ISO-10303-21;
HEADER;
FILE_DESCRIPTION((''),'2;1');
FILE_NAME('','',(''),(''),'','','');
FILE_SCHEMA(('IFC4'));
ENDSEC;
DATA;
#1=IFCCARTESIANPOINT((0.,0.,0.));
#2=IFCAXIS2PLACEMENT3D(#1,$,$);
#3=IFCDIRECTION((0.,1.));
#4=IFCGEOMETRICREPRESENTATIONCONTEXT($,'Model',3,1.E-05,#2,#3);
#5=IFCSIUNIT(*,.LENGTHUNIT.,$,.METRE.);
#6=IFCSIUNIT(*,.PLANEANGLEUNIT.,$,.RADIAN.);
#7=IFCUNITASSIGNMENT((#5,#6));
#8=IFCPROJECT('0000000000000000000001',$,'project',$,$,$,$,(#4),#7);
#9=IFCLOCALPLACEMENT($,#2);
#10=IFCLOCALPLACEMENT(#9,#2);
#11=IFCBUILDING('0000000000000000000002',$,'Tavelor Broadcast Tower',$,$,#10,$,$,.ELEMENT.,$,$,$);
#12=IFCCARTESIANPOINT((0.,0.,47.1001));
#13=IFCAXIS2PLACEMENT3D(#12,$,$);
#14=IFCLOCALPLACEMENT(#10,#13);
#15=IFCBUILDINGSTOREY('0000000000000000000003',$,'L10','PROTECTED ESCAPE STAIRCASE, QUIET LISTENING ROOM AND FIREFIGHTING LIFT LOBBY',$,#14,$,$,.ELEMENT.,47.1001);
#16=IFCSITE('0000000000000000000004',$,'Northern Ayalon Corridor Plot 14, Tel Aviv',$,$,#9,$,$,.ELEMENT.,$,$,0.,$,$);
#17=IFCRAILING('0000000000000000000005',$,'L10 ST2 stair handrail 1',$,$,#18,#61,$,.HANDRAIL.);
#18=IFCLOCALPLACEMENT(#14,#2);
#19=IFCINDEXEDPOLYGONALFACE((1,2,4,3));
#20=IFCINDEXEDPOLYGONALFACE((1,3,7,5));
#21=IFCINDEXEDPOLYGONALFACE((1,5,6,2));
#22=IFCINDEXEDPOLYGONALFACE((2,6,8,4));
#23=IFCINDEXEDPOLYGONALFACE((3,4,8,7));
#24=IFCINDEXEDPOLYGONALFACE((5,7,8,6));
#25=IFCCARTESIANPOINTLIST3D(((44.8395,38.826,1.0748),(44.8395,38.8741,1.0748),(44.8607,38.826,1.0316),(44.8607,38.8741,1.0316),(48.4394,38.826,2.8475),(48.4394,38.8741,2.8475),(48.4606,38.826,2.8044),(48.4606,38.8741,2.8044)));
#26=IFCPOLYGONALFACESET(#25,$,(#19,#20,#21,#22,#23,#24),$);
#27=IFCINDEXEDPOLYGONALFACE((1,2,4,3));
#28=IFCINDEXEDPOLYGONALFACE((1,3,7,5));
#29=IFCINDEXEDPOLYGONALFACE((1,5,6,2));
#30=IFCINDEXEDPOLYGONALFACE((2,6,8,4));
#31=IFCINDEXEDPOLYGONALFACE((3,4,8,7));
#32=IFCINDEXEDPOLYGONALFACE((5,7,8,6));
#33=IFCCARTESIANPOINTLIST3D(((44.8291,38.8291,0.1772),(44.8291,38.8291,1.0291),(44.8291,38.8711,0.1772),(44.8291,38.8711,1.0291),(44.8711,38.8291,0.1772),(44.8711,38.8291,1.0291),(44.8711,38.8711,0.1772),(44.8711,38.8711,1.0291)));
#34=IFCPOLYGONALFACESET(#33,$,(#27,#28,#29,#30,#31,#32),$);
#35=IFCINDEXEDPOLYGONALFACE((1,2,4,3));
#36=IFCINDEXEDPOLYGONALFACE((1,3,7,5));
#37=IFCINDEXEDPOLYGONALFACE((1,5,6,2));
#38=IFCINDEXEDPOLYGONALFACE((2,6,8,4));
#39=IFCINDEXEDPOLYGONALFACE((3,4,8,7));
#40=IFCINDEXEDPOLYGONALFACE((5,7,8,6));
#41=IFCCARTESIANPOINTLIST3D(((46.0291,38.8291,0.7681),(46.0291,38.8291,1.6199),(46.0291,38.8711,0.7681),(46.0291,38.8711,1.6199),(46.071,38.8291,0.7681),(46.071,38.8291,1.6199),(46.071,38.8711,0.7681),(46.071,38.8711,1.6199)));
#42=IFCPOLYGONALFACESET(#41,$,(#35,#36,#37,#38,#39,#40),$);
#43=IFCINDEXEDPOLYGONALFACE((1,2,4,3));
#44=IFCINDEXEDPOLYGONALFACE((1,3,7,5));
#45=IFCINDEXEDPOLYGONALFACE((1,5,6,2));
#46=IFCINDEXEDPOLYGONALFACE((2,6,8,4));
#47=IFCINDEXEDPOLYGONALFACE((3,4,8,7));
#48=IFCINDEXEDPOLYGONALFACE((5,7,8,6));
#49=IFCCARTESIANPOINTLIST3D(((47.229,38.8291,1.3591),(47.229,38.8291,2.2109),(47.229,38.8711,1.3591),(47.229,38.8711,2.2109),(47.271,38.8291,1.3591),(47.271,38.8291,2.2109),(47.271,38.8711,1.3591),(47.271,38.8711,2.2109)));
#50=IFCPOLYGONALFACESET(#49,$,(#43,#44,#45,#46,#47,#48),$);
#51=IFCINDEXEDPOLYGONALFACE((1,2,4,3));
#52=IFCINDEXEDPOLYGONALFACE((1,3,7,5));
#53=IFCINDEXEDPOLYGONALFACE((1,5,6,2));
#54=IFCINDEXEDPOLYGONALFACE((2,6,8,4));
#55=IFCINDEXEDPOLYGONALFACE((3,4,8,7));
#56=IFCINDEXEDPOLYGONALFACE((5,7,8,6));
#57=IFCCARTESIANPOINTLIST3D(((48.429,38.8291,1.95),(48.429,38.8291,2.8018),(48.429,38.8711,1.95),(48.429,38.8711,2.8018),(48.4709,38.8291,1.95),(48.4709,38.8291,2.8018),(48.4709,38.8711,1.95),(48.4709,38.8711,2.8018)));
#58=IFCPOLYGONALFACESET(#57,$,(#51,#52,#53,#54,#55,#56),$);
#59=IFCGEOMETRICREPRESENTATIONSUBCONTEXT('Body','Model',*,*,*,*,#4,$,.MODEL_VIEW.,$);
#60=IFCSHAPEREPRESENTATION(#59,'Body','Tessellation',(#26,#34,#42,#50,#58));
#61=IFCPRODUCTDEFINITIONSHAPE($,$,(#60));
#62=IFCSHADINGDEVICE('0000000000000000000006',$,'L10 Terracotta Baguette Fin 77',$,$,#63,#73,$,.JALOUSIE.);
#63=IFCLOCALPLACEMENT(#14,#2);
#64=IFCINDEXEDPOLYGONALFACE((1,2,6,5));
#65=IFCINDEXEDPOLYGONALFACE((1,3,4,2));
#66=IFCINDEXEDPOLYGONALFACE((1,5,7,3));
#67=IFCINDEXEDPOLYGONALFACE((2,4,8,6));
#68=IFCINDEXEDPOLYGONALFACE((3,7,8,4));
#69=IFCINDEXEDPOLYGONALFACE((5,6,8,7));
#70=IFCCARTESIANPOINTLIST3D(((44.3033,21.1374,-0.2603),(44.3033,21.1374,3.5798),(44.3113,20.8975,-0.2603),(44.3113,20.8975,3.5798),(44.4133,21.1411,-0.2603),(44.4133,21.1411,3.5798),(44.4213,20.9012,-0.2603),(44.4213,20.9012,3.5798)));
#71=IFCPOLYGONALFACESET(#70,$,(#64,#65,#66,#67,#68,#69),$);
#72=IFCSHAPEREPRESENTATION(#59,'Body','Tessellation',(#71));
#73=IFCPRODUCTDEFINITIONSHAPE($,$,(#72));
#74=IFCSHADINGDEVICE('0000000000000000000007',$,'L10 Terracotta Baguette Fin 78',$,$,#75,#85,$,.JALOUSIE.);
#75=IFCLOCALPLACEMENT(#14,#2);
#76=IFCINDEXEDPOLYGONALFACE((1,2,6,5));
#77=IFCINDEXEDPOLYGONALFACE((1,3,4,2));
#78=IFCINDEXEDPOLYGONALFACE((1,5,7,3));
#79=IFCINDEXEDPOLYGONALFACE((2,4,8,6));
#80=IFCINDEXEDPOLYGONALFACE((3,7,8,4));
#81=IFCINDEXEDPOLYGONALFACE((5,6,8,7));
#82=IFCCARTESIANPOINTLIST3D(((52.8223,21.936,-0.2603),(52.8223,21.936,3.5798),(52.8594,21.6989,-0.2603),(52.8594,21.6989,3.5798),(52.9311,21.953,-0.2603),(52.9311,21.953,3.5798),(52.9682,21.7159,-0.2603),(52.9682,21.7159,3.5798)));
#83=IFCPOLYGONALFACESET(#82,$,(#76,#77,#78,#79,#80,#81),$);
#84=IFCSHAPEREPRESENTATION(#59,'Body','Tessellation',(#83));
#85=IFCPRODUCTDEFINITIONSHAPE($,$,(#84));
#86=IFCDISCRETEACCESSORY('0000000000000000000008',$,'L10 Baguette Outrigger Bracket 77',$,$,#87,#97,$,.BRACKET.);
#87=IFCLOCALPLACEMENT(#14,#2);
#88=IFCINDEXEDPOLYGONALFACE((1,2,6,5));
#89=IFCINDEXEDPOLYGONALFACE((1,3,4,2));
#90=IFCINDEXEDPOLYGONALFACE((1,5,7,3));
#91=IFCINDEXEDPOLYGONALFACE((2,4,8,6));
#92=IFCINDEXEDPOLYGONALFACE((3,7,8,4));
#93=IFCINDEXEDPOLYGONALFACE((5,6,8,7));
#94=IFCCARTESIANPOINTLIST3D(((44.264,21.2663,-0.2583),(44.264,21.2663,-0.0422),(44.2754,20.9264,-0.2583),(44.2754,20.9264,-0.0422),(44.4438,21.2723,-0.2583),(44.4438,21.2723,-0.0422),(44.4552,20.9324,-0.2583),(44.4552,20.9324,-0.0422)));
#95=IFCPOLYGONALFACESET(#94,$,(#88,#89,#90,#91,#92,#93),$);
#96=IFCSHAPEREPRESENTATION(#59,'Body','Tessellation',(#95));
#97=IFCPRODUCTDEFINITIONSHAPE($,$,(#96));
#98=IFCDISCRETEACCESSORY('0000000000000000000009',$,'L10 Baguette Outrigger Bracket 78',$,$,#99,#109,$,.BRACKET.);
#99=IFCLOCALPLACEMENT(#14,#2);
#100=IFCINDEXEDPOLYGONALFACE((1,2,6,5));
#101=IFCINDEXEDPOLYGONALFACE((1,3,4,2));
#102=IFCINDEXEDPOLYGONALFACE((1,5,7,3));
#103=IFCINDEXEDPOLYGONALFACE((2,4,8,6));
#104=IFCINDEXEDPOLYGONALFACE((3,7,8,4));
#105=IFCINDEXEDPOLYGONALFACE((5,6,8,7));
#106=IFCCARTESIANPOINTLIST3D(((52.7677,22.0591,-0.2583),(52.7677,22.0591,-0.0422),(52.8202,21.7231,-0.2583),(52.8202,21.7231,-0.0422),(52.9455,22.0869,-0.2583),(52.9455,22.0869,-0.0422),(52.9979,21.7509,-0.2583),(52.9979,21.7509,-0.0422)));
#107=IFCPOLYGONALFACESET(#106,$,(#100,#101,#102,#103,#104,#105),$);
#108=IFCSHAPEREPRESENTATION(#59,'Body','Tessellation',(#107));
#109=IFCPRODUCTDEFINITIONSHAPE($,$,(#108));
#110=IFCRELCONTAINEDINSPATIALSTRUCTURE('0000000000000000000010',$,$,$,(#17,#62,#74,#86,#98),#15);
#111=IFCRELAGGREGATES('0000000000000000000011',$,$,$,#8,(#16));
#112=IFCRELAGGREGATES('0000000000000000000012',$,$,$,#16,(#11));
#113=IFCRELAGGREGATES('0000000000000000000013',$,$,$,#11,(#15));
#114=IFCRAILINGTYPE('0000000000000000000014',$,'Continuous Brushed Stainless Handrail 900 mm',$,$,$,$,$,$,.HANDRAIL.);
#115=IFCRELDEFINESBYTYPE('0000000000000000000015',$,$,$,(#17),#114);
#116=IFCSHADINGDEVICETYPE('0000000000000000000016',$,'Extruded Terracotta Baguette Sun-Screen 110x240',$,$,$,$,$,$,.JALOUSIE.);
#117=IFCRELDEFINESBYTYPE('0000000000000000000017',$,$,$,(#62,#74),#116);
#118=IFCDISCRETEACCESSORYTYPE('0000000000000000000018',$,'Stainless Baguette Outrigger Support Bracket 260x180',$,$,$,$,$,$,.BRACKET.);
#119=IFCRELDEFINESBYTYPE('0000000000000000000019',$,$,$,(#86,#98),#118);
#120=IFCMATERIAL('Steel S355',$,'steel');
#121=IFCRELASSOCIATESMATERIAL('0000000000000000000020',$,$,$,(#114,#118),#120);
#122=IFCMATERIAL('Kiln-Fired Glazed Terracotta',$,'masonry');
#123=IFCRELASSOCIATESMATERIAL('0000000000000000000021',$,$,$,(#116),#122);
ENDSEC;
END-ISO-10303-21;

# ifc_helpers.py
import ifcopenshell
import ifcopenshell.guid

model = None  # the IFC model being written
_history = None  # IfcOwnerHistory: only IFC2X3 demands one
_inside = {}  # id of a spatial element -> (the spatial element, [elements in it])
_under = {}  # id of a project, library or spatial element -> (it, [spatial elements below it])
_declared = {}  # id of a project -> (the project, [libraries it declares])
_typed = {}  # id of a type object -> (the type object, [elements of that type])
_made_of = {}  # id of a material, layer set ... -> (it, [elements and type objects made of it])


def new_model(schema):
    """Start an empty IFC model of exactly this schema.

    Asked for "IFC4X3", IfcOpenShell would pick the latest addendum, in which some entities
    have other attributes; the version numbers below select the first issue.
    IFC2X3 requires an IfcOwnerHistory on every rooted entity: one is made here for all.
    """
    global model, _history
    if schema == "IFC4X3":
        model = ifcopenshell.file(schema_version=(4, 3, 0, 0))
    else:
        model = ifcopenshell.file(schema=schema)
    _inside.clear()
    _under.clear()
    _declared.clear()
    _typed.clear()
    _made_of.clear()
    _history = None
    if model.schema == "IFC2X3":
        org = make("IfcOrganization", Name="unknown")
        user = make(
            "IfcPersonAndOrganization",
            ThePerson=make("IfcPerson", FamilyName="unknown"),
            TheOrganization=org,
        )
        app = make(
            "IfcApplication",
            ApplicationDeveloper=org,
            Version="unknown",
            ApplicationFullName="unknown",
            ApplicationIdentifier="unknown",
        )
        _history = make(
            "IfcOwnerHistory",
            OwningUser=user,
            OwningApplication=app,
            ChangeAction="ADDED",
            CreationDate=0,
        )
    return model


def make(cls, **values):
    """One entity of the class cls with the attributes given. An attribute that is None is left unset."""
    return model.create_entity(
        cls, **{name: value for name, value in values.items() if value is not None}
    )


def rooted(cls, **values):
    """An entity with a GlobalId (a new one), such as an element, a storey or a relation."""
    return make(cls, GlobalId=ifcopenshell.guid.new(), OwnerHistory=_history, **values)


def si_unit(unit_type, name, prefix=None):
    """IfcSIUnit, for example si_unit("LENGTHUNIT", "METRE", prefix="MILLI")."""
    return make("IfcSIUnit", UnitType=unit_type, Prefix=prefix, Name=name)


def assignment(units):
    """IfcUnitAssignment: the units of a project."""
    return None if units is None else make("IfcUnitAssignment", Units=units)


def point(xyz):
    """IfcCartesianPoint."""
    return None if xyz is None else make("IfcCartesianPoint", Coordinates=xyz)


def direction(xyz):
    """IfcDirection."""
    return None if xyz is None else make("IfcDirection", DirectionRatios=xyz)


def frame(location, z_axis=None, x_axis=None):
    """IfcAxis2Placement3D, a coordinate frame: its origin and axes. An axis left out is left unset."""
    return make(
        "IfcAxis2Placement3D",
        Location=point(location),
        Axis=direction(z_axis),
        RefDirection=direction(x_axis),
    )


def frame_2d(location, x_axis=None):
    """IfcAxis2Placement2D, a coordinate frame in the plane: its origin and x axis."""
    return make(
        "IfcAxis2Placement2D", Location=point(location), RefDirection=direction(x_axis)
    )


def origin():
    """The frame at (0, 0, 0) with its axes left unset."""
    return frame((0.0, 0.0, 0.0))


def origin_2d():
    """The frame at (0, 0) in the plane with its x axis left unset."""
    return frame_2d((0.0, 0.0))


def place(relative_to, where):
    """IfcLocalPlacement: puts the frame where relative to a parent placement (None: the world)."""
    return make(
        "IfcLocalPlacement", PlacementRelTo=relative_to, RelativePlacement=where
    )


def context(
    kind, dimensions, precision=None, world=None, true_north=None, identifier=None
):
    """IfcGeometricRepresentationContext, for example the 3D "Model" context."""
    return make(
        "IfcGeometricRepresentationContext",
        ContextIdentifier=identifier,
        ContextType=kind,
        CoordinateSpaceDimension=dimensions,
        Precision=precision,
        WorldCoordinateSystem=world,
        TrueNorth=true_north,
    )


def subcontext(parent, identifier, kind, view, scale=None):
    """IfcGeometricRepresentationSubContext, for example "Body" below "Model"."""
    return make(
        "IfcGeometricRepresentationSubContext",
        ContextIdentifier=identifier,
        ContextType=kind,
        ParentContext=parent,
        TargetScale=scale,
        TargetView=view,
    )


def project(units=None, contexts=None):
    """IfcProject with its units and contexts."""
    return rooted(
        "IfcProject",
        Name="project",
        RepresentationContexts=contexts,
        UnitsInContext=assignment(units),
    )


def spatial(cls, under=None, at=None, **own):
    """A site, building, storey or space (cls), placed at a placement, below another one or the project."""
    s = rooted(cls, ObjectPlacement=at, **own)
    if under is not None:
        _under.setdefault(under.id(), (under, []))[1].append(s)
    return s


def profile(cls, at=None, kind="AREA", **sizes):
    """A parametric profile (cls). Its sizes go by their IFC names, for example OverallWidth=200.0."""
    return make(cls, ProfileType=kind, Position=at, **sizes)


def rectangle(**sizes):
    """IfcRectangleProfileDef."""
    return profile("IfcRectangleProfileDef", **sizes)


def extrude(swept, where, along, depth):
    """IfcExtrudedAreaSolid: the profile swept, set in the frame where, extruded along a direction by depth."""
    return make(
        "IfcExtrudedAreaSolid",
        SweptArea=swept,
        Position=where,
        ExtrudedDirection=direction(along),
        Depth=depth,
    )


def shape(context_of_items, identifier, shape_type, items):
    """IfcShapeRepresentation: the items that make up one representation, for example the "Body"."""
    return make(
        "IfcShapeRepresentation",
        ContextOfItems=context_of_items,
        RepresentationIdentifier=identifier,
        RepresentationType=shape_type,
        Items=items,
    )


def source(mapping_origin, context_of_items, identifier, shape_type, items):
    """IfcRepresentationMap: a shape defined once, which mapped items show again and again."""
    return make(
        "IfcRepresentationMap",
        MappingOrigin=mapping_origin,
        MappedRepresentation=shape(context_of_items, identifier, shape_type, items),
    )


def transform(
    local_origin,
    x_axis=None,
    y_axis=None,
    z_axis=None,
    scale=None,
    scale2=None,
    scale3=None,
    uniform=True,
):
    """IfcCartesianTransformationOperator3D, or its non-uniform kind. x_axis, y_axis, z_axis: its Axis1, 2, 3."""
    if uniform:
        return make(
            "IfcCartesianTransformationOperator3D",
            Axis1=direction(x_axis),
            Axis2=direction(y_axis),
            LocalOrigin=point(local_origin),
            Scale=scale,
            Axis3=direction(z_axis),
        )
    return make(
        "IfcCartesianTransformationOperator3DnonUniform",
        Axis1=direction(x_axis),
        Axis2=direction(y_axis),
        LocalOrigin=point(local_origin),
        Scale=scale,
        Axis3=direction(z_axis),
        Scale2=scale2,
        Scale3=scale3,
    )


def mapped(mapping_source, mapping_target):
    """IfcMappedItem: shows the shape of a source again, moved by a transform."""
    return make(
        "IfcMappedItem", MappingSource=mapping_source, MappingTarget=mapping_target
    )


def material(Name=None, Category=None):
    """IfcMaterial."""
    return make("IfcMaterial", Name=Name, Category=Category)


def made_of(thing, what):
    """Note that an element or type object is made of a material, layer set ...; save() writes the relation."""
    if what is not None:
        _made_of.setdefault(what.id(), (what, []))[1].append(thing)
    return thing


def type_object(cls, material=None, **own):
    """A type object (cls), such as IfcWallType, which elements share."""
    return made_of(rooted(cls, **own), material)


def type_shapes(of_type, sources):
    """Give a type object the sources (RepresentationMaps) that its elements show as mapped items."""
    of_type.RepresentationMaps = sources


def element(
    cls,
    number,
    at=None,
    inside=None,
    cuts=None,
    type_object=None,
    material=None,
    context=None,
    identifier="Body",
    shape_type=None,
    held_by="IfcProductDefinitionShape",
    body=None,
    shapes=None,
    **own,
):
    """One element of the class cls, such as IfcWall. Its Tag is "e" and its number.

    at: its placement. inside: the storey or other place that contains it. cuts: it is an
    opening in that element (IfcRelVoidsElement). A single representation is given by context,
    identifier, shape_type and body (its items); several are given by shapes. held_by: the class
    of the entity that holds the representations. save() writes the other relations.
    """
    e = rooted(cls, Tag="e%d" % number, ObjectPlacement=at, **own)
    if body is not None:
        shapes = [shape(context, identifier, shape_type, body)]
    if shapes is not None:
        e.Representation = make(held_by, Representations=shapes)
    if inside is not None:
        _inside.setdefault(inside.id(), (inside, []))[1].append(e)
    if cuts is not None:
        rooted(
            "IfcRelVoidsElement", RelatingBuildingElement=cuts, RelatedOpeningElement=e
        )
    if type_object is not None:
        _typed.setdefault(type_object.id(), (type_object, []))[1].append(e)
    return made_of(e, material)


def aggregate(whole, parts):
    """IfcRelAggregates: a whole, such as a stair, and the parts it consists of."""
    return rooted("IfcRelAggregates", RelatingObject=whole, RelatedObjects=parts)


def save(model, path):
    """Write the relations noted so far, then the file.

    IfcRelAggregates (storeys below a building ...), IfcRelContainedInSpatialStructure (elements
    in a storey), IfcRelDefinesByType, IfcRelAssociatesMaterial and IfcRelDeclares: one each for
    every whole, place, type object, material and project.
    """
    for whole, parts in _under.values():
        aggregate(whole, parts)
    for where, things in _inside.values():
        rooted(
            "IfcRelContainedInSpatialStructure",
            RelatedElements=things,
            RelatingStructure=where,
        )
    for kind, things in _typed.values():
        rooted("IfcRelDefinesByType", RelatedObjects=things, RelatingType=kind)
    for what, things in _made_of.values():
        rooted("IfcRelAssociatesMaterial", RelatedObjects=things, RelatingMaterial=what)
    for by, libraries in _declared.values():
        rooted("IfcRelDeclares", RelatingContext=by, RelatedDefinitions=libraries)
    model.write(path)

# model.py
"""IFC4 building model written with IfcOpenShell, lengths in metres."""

from ifc_helpers import new_model, si_unit, direction, frame, origin, origin_2d, place, context, subcontext, project, spatial, rectangle, extrude, source, transform, mapped, material, type_object, type_shapes, element, save


model = new_model("IFC4")

# Units and contexts
model_context = context("Model", 3, precision=1e-05, world=origin(), true_north=direction((0.0, 1.0)))
body_context = subcontext(model_context, "Body", "Model", "MODEL_VIEW")
ifc_project = project(units=[si_unit("LENGTHUNIT", "METRE"), si_unit("PLANEANGLEUNIT", "RADIAN")], contexts=[model_context])

# Site, building, storey
site_placement = place(None, origin())
site = spatial("IfcSite", under=ifc_project, at=site_placement, Name="Northern Ayalon Corridor Plot 14, Tel Aviv", CompositionType="ELEMENT", RefElevation=0.0)
building_placement = place(site_placement, origin())
building = spatial("IfcBuilding", under=site, at=building_placement, Name="Tavelor Broadcast Tower", CompositionType="ELEMENT")
storey_placement = place(building_placement, frame((0.0, 0.0, 47.1001)))
storey = spatial("IfcBuildingStorey", under=building, at=storey_placement, Name="L10", Description="PROTECTED ESCAPE STAIRCASE, QUIET LISTENING ROOM AND FIREFIGHTING LIFT LOBBY", CompositionType="ELEMENT", Elevation=47.1001)

# Shared definitions
ifc_material_1 = material(Name="Steel S355", Category="steel")

# Railing
railing_type = type_object("IfcRailingType", Name="Continuous Brushed Stainless Handrail 900 mm", PredefinedType="HANDRAIL", material=ifc_material_1)
railing_placement = place(storey_placement, frame((44.8501, 38.8501, 0.1772)))
element("IfcRailing", 1, at=railing_placement, inside=storey, type_object=railing_type, Name="L10 ST2 stair handrail 1", PredefinedType="HANDRAIL", context=body_context, shape_type="SweptSolid", body=[
    extrude(rectangle(XDim=0.0481, YDim=0.0481, at=origin_2d()), frame((0.0, 0.0, 0.876), z_axis=(0.897124, 0.0, 0.441778), x_axis=(0.0, 1.0, 0.0)), (0.0, 0.0, 1.0), 4.0127),
    extrude(rectangle(XDim=0.042, YDim=0.042, at=origin_2d()), origin(), (0.0, 0.0, 1.0), 0.8518),
    extrude(rectangle(XDim=0.042, YDim=0.042, at=origin_2d()), frame((1.2, 0.0, 0.5908)), (0.0, 0.0, 1.0), 0.8518),
    extrude(rectangle(XDim=0.042, YDim=0.042, at=origin_2d()), frame((2.3999, 0.0, 1.1819)), (0.0, 0.0, 1.0), 0.8518),
    extrude(rectangle(XDim=0.042, YDim=0.042, at=origin_2d()), frame((3.5999, 0.0, 1.7727)), (0.0, 0.0, 1.0), 0.8518),
])

# Shading devices
ifc_material_2 = material(Name="Kiln-Fired Glazed Terracotta", Category="masonry")
shading_device_type = type_object("IfcShadingDeviceType", Name="Extruded Terracotta Baguette Sun-Screen 110x240", PredefinedType="JALOUSIE", material=ifc_material_2)
shared_shape_1 = source(origin(), body_context, "Body", "SweptSolid", [
    extrude(rectangle(XDim=0.1101, YDim=0.24, at=origin_2d()), origin(), (0.0, 0.0, 1.0), 3.8401),
])
type_shapes(shading_device_type, [shared_shape_1])
for number, where, z_axis, x_axis, name in (
    (2, (44.3623, 21.0193, -0.2603), (0.0, 0.0, 1.0), (0.999439, 0.033504, 0.0), "L10 Terracotta Baguette Fin 77"),
    (3, (52.8953, 21.8259, -0.2603), (0.0, 0.0, 1.0), (0.988014, 0.154366, 0.0), "L10 Terracotta Baguette Fin 78"),
):
    element("IfcShadingDevice", number, at=place(storey_placement, frame(where, z_axis=z_axis, x_axis=x_axis)), inside=storey, type_object=shading_device_type, Name=name, PredefinedType="JALOUSIE", context=body_context, shape_type="MappedRepresentation", body=[
        mapped(shared_shape_1, transform((0.0, 0.0, 0.0), scale=1.0)),
    ])

# Discrete accessories
discrete_accessory_type = type_object("IfcDiscreteAccessoryType", Name="Stainless Baguette Outrigger Support Bracket 260x180", PredefinedType="BRACKET", material=ifc_material_1)
shared_shape_2 = source(origin(), body_context, "Body", "SweptSolid", [
    extrude(rectangle(XDim=0.1799, YDim=0.3401, at=origin_2d()), origin(), (0.0, 0.0, 1.0), 0.2161),
])
type_shapes(discrete_accessory_type, [shared_shape_2])
for number, where, z_axis, x_axis, name in (
    (4, (44.3596, 21.0994, -0.2583), (0.0, 0.0, 1.0), (0.999439, 0.033504, 0.0), "L10 Baguette Outrigger Bracket 77"),
    (5, (52.8828, 21.905, -0.2583), (0.0, 0.0, 1.0), (0.988014, 0.154366, 0.0), "L10 Baguette Outrigger Bracket 78"),
):
    element("IfcDiscreteAccessory", number, at=place(storey_placement, frame(where, z_axis=z_axis, x_axis=x_axis)), inside=storey, type_object=discrete_accessory_type, Name=name, PredefinedType="BRACKET", context=body_context, shape_type="MappedRepresentation", body=[
        mapped(shared_shape_2, transform((0.0, 0.0, 0.0), scale=1.0)),
    ])

save(model, "model.ifc")
